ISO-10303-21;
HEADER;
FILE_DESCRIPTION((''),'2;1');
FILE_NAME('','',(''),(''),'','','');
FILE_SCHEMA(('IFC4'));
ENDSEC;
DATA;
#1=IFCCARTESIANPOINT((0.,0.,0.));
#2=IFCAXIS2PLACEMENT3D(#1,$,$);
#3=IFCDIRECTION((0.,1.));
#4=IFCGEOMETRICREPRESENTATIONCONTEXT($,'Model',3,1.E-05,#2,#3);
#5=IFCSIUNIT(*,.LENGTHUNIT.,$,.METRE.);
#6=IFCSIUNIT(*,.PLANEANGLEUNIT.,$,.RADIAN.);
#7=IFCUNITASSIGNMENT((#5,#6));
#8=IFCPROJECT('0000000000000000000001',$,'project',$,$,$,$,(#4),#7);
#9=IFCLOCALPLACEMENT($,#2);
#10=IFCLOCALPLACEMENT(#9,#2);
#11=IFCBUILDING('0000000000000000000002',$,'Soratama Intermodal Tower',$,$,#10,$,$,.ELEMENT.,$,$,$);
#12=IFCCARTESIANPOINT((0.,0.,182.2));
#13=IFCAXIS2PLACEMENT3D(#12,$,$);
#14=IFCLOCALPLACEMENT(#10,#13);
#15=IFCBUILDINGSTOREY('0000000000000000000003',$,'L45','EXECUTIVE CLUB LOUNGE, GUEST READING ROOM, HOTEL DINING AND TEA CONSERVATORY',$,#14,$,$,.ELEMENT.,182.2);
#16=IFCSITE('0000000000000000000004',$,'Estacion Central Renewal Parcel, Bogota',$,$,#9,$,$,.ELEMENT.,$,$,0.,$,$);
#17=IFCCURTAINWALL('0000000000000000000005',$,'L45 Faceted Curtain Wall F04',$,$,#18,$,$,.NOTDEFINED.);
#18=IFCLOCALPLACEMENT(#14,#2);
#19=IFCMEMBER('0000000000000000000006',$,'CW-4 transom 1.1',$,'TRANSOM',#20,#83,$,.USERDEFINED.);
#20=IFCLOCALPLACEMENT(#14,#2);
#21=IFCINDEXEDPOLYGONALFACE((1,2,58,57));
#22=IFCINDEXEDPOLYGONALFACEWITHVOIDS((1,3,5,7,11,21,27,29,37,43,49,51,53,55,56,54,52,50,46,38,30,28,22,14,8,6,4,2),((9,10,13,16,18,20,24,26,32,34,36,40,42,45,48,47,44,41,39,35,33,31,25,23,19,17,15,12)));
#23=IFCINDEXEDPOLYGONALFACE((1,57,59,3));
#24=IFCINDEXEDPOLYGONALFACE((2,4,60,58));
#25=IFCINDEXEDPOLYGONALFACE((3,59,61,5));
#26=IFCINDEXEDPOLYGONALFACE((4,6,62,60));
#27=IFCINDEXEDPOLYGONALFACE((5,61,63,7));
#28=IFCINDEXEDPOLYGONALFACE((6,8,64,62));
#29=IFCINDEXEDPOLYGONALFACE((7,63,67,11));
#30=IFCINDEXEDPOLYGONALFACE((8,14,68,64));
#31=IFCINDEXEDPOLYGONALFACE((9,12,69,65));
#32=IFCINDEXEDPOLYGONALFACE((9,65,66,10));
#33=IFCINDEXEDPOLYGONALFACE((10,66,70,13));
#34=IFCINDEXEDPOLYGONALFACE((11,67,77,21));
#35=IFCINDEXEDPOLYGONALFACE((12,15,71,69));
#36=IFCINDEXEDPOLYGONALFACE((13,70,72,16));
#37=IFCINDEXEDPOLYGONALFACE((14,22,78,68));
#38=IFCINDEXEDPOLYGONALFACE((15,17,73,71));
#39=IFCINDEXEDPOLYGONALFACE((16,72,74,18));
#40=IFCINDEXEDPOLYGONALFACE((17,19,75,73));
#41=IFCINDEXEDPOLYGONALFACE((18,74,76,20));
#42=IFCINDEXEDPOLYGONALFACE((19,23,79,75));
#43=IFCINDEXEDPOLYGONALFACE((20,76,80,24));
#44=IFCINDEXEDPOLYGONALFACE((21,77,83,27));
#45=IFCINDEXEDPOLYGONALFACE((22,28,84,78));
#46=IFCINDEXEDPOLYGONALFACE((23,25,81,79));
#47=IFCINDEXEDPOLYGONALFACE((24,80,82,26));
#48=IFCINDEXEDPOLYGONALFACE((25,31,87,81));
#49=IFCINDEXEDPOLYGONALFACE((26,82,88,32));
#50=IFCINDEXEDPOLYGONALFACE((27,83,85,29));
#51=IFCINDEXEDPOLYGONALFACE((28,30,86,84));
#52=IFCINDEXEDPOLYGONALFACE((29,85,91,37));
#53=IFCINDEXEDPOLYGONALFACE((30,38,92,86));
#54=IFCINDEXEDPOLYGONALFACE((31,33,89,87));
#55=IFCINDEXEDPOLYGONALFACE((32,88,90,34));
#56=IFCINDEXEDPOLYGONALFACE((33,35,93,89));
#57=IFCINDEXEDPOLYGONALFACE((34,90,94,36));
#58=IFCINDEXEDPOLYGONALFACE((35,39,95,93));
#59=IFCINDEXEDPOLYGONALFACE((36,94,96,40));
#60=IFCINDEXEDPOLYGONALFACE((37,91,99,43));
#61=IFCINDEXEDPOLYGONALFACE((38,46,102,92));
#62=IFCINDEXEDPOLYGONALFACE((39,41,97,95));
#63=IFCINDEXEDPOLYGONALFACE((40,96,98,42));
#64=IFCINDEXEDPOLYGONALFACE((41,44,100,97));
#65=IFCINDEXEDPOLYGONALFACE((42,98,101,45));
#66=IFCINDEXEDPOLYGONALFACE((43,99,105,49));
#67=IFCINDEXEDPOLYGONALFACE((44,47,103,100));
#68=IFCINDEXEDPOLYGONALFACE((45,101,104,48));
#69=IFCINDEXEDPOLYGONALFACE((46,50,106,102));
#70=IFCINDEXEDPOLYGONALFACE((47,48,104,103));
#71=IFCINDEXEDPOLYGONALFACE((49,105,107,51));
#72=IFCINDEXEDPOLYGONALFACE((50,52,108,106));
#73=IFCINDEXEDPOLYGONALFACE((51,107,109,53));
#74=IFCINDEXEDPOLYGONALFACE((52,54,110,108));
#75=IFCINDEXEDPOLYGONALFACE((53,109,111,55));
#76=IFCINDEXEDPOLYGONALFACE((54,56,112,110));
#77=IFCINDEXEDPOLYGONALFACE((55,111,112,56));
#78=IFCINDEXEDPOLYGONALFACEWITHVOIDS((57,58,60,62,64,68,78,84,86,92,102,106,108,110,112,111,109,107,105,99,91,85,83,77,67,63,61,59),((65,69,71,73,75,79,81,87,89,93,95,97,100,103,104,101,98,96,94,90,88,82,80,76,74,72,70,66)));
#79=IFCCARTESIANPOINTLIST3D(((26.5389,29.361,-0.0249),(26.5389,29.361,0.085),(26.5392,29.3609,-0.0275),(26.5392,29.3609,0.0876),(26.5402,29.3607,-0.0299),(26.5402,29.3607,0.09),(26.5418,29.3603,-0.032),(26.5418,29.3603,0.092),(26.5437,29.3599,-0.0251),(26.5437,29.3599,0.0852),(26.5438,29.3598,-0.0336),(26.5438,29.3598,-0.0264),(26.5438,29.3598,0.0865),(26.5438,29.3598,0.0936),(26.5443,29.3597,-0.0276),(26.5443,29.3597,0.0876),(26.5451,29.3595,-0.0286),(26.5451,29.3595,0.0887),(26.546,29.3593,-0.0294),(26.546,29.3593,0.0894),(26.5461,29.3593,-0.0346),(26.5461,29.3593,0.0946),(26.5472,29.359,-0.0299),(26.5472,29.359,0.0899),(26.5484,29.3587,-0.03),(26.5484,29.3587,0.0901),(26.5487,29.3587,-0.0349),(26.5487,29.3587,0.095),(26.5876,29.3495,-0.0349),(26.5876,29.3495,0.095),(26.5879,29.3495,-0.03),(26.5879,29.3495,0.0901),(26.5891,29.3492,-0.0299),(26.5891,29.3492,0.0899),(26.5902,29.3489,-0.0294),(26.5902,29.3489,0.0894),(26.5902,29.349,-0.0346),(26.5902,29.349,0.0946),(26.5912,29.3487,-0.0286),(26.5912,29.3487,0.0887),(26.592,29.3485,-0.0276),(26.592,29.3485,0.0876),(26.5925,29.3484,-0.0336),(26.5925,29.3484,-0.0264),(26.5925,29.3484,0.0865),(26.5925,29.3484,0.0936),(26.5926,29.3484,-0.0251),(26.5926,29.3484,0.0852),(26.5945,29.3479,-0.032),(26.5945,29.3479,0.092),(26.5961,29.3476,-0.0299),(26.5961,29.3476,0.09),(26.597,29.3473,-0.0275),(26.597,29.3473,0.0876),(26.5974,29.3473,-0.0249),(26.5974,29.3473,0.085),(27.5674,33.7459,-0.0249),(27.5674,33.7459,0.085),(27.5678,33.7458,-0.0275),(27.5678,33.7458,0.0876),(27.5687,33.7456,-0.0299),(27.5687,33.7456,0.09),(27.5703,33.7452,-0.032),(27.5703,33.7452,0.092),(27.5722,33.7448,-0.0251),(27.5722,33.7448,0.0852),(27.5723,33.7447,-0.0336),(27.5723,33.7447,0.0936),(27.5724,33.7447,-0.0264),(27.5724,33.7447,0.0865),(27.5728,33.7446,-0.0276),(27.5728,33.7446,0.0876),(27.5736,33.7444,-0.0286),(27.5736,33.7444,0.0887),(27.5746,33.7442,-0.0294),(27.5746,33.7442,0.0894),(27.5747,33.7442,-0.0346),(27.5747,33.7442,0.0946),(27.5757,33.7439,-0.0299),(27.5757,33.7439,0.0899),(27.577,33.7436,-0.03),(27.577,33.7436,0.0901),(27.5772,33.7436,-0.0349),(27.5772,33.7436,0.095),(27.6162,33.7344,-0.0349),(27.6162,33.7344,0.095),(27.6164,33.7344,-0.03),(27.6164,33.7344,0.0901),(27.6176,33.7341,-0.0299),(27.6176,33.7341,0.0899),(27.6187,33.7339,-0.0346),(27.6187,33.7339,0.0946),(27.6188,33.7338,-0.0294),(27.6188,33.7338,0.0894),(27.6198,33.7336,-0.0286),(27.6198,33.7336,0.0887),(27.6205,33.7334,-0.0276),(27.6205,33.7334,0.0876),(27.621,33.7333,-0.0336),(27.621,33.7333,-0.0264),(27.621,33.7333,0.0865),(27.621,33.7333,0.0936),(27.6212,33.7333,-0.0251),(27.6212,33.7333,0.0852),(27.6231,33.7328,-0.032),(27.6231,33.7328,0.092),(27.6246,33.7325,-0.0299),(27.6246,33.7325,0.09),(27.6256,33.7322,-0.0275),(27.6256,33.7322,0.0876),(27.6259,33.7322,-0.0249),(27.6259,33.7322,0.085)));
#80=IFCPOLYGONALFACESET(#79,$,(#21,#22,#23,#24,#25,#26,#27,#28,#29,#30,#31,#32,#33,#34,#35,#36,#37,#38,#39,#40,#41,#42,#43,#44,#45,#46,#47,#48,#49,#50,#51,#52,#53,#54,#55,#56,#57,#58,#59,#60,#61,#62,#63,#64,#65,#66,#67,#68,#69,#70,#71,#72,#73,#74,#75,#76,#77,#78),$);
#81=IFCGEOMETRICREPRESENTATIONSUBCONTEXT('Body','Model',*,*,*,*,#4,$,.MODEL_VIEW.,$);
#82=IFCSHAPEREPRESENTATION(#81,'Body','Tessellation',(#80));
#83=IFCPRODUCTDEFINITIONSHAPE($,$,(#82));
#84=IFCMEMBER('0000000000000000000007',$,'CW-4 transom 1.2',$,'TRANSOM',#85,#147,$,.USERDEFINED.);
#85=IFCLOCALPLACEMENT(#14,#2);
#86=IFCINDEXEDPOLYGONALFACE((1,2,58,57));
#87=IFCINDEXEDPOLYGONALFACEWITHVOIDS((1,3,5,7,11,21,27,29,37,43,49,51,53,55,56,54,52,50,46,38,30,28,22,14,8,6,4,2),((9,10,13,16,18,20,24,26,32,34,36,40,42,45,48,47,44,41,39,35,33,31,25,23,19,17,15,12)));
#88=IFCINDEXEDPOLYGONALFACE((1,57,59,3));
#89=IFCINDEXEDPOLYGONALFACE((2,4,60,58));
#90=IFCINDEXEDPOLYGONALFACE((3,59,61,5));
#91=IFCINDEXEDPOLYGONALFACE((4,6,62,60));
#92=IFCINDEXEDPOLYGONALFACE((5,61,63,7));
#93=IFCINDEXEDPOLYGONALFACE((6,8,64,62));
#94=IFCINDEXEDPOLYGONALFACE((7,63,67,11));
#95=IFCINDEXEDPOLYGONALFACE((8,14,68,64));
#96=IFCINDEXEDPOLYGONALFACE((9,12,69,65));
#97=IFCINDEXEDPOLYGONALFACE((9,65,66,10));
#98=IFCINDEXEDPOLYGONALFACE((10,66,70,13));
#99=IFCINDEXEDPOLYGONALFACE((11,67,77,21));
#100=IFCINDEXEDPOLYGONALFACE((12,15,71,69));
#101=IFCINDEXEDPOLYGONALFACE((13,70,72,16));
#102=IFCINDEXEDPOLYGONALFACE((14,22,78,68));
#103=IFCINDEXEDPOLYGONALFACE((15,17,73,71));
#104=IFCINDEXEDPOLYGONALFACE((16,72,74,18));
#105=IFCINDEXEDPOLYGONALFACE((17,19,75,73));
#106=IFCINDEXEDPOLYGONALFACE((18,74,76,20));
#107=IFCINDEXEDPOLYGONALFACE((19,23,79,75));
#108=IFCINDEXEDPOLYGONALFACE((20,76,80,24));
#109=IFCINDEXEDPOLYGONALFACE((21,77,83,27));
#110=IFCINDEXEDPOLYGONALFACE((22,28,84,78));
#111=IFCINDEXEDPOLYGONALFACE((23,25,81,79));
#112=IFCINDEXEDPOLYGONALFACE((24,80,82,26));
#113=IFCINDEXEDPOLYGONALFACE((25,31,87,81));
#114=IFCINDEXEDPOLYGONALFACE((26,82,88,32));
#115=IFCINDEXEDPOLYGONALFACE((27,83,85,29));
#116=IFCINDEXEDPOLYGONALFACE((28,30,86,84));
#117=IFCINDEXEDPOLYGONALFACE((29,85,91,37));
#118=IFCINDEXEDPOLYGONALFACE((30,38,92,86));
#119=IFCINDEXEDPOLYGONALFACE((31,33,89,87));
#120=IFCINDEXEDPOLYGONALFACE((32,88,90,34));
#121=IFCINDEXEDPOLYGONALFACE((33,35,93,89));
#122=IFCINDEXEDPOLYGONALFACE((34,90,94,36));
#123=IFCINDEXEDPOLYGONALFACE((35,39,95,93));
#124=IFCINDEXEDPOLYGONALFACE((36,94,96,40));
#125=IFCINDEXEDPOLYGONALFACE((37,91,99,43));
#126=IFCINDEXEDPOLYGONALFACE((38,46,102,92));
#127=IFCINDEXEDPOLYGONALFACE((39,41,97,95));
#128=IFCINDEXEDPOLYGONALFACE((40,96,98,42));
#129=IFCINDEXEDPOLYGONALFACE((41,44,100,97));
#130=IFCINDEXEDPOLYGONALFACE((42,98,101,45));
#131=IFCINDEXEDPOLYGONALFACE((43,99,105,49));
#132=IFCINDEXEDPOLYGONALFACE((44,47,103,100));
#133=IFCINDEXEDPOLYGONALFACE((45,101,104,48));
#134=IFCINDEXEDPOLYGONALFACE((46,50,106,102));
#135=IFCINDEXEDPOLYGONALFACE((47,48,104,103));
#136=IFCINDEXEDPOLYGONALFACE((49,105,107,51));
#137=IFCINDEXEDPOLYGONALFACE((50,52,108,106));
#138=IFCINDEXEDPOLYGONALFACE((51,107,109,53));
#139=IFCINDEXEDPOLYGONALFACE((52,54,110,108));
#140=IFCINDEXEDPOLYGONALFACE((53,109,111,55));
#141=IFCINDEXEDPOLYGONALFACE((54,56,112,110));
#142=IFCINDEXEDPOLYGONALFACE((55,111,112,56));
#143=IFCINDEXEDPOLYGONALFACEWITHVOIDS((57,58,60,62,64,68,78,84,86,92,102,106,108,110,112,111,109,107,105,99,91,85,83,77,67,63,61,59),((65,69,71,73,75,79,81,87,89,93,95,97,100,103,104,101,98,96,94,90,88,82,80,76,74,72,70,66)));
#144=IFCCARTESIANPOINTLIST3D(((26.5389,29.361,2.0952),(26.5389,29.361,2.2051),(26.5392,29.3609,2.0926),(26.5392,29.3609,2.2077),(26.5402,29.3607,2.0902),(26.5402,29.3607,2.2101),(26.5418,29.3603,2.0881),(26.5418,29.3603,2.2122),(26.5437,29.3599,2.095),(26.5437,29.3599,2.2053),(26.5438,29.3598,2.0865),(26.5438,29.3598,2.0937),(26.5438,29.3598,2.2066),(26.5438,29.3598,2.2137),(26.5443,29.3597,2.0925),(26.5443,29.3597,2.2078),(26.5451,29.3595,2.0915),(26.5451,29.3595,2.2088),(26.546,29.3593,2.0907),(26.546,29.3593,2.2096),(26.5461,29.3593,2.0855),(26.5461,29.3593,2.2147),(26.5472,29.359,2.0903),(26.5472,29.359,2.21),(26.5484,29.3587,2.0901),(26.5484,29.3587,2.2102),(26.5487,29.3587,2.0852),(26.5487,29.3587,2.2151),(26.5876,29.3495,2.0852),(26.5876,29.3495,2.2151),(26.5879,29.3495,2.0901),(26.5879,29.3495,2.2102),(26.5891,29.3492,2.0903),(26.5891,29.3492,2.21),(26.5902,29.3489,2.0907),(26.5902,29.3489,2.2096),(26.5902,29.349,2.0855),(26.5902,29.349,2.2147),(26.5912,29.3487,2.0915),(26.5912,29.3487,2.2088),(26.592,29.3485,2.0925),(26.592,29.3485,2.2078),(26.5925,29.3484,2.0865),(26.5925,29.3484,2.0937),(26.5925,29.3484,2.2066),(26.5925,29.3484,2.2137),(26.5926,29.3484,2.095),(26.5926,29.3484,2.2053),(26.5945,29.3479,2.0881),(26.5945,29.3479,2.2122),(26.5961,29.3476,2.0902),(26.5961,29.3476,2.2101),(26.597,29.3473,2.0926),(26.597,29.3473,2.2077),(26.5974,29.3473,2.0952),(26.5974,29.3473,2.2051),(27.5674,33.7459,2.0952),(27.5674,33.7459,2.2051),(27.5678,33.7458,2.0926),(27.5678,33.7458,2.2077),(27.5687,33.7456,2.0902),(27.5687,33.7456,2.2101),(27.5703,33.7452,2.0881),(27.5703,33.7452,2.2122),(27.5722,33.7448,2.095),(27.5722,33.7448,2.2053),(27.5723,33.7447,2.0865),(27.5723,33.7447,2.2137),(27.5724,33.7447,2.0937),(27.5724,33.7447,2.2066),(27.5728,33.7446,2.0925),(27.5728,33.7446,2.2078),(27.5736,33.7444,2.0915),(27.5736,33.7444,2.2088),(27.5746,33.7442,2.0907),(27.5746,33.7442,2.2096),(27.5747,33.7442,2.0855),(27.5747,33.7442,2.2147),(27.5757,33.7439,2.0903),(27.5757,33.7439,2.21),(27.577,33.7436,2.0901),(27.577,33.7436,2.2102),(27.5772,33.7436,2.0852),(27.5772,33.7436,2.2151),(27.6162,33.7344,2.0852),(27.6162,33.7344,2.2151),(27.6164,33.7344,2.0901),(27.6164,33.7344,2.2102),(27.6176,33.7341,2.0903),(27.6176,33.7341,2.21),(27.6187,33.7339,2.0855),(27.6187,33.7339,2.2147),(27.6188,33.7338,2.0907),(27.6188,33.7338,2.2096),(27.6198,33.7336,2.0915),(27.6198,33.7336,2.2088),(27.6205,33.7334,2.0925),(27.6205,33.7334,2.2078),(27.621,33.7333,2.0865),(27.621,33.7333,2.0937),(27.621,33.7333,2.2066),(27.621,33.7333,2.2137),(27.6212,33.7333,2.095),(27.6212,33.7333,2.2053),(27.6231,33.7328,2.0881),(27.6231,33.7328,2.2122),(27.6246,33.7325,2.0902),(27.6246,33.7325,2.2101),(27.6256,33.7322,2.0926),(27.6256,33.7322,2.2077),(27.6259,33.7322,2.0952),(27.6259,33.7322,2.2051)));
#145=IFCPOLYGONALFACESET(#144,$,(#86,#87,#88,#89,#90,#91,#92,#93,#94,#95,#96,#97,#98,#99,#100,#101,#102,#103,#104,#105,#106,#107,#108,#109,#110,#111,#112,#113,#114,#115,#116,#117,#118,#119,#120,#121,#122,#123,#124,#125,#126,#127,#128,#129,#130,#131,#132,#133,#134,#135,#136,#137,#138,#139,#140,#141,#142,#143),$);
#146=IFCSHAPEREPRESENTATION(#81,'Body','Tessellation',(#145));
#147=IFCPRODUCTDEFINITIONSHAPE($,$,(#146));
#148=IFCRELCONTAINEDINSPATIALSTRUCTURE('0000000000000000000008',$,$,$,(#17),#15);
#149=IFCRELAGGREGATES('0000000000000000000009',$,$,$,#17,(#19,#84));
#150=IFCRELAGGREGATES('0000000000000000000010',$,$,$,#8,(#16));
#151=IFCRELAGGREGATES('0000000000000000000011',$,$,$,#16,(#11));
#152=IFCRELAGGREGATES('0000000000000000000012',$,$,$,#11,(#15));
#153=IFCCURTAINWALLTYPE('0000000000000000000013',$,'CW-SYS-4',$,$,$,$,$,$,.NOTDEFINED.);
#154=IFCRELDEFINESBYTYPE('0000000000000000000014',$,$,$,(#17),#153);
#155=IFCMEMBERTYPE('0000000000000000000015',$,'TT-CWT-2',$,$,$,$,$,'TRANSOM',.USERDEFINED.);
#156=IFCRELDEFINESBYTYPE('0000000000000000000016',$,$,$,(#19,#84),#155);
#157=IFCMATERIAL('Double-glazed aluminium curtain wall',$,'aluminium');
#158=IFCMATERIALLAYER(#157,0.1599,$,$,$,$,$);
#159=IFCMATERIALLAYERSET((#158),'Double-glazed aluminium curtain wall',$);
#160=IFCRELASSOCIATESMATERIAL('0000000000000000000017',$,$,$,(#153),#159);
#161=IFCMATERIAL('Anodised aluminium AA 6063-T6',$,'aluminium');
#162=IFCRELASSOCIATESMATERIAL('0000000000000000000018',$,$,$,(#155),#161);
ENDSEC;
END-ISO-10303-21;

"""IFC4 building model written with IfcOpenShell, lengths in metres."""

from ifc_helpers import new_model, si_unit, direction, frame, origin, origin_2d, place, context, subcontext, project, spatial, hollow_rectangle, extrude, material, layer, layer_set, material_profile, profile_set, type_object, element, aggregate, save


model = new_model("IFC4")

# Units and contexts
model_context = context("Model", 3, precision=1e-05, world=origin(), true_north=direction((0.0, 1.0)))
body_context = subcontext(model_context, "Body", "Model", "MODEL_VIEW")
ifc_project = project(units=[si_unit("LENGTHUNIT", "METRE"), si_unit("PLANEANGLEUNIT", "RADIAN")], contexts=[model_context])

# Site, building, storey
site_placement = place(None, origin())
site = spatial("IfcSite", under=ifc_project, at=site_placement, Name="Estacion Central Renewal Parcel, Bogota", CompositionType="ELEMENT", RefElevation=0.0)
building_placement = place(site_placement, origin())
building = spatial("IfcBuilding", under=site, at=building_placement, Name="Soratama Intermodal Tower", CompositionType="ELEMENT")
storey_placement = place(building_placement, frame((0.0, 0.0, 182.2)))
storey = spatial("IfcBuildingStorey", under=building, at=storey_placement, Name="L45", Description="EXECUTIVE CLUB LOUNGE, GUEST READING ROOM, HOTEL DINING AND TEA CONSERVATORY", CompositionType="ELEMENT", Elevation=182.2)

# Shared definitions
ifc_material_1 = material(Name="Double-glazed aluminium curtain wall", Category="aluminium")
ifc_layer_1 = layer(ifc_material_1, 0.1599)
ifc_layer_set_1 = layer_set([ifc_layer_1], Name="Double-glazed aluminium curtain wall")
curtain_wall_type = type_object("IfcCurtainWallType", Name="CW-SYS-4", PredefinedType="NOTDEFINED", material=ifc_layer_set_1)

# Curtain wall
curtain_wall_1_placement = place(storey_placement, origin())
curtain_wall_1 = element("IfcCurtainWall", 1, at=curtain_wall_1_placement, inside=storey, type_object=curtain_wall_type, Name="L45 Faceted Curtain Wall F04", PredefinedType="NOTDEFINED")

# Members
ifc_material_2 = material(Name="Anodised aluminium AA 6063-T6", Category="aluminium")
ifc_material_profile_1 = material_profile(ifc_material_2, hollow_rectangle(XDim=0.0601, YDim=0.1299, WallThickness=0.0049, InnerFilletRadius=0.0049, OuterFilletRadius=0.01, at=origin_2d()), Name="CWT130X60X5")
ifc_profile_set_1 = profile_set([ifc_material_profile_1], Name="Anodised aluminium AA 6063-T6")
member_type_1 = type_object("IfcMemberType", Name="TT-CWT-2", ElementType="TRANSOM", PredefinedType="USERDEFINED", material=ifc_profile_set_1)
member_1_placement = place(storey_placement, frame((27.5967, 33.739, 0.03), z_axis=(-0.228366, -0.973575, 0.0), x_axis=(0.973575, -0.228366, 0.0)))
member_1 = element("IfcMember", 2, at=member_1_placement, type_object=member_type_1, Name="CW-4 transom 1.1", ObjectType="TRANSOM", PredefinedType="USERDEFINED", context=body_context, shape_type="SweptSolid", body=[
    extrude(hollow_rectangle(XDim=0.0601, YDim=0.1299, WallThickness=0.0049, InnerFilletRadius=0.0049, OuterFilletRadius=0.01, at=origin_2d()), origin(), (0.0, 0.0, 1.0), 4.5039),
])
member_2_placement = place(storey_placement, frame((27.5967, 33.739, 2.1501), z_axis=(-0.228366, -0.973575, 0.0), x_axis=(0.973575, -0.228366, 0.0)))
member_2 = element("IfcMember", 3, at=member_2_placement, type_object=member_type_1, Name="CW-4 transom 1.2", ObjectType="TRANSOM", PredefinedType="USERDEFINED", context=body_context, shape_type="SweptSolid", body=[
    extrude(hollow_rectangle(XDim=0.0601, YDim=0.1299, WallThickness=0.0049, InnerFilletRadius=0.0049, OuterFilletRadius=0.01, at=origin_2d()), origin(), (0.0, 0.0, 1.0), 4.5039),
])
aggregate(curtain_wall_1, [member_1, member_2])

save(model, "model.ifc")
